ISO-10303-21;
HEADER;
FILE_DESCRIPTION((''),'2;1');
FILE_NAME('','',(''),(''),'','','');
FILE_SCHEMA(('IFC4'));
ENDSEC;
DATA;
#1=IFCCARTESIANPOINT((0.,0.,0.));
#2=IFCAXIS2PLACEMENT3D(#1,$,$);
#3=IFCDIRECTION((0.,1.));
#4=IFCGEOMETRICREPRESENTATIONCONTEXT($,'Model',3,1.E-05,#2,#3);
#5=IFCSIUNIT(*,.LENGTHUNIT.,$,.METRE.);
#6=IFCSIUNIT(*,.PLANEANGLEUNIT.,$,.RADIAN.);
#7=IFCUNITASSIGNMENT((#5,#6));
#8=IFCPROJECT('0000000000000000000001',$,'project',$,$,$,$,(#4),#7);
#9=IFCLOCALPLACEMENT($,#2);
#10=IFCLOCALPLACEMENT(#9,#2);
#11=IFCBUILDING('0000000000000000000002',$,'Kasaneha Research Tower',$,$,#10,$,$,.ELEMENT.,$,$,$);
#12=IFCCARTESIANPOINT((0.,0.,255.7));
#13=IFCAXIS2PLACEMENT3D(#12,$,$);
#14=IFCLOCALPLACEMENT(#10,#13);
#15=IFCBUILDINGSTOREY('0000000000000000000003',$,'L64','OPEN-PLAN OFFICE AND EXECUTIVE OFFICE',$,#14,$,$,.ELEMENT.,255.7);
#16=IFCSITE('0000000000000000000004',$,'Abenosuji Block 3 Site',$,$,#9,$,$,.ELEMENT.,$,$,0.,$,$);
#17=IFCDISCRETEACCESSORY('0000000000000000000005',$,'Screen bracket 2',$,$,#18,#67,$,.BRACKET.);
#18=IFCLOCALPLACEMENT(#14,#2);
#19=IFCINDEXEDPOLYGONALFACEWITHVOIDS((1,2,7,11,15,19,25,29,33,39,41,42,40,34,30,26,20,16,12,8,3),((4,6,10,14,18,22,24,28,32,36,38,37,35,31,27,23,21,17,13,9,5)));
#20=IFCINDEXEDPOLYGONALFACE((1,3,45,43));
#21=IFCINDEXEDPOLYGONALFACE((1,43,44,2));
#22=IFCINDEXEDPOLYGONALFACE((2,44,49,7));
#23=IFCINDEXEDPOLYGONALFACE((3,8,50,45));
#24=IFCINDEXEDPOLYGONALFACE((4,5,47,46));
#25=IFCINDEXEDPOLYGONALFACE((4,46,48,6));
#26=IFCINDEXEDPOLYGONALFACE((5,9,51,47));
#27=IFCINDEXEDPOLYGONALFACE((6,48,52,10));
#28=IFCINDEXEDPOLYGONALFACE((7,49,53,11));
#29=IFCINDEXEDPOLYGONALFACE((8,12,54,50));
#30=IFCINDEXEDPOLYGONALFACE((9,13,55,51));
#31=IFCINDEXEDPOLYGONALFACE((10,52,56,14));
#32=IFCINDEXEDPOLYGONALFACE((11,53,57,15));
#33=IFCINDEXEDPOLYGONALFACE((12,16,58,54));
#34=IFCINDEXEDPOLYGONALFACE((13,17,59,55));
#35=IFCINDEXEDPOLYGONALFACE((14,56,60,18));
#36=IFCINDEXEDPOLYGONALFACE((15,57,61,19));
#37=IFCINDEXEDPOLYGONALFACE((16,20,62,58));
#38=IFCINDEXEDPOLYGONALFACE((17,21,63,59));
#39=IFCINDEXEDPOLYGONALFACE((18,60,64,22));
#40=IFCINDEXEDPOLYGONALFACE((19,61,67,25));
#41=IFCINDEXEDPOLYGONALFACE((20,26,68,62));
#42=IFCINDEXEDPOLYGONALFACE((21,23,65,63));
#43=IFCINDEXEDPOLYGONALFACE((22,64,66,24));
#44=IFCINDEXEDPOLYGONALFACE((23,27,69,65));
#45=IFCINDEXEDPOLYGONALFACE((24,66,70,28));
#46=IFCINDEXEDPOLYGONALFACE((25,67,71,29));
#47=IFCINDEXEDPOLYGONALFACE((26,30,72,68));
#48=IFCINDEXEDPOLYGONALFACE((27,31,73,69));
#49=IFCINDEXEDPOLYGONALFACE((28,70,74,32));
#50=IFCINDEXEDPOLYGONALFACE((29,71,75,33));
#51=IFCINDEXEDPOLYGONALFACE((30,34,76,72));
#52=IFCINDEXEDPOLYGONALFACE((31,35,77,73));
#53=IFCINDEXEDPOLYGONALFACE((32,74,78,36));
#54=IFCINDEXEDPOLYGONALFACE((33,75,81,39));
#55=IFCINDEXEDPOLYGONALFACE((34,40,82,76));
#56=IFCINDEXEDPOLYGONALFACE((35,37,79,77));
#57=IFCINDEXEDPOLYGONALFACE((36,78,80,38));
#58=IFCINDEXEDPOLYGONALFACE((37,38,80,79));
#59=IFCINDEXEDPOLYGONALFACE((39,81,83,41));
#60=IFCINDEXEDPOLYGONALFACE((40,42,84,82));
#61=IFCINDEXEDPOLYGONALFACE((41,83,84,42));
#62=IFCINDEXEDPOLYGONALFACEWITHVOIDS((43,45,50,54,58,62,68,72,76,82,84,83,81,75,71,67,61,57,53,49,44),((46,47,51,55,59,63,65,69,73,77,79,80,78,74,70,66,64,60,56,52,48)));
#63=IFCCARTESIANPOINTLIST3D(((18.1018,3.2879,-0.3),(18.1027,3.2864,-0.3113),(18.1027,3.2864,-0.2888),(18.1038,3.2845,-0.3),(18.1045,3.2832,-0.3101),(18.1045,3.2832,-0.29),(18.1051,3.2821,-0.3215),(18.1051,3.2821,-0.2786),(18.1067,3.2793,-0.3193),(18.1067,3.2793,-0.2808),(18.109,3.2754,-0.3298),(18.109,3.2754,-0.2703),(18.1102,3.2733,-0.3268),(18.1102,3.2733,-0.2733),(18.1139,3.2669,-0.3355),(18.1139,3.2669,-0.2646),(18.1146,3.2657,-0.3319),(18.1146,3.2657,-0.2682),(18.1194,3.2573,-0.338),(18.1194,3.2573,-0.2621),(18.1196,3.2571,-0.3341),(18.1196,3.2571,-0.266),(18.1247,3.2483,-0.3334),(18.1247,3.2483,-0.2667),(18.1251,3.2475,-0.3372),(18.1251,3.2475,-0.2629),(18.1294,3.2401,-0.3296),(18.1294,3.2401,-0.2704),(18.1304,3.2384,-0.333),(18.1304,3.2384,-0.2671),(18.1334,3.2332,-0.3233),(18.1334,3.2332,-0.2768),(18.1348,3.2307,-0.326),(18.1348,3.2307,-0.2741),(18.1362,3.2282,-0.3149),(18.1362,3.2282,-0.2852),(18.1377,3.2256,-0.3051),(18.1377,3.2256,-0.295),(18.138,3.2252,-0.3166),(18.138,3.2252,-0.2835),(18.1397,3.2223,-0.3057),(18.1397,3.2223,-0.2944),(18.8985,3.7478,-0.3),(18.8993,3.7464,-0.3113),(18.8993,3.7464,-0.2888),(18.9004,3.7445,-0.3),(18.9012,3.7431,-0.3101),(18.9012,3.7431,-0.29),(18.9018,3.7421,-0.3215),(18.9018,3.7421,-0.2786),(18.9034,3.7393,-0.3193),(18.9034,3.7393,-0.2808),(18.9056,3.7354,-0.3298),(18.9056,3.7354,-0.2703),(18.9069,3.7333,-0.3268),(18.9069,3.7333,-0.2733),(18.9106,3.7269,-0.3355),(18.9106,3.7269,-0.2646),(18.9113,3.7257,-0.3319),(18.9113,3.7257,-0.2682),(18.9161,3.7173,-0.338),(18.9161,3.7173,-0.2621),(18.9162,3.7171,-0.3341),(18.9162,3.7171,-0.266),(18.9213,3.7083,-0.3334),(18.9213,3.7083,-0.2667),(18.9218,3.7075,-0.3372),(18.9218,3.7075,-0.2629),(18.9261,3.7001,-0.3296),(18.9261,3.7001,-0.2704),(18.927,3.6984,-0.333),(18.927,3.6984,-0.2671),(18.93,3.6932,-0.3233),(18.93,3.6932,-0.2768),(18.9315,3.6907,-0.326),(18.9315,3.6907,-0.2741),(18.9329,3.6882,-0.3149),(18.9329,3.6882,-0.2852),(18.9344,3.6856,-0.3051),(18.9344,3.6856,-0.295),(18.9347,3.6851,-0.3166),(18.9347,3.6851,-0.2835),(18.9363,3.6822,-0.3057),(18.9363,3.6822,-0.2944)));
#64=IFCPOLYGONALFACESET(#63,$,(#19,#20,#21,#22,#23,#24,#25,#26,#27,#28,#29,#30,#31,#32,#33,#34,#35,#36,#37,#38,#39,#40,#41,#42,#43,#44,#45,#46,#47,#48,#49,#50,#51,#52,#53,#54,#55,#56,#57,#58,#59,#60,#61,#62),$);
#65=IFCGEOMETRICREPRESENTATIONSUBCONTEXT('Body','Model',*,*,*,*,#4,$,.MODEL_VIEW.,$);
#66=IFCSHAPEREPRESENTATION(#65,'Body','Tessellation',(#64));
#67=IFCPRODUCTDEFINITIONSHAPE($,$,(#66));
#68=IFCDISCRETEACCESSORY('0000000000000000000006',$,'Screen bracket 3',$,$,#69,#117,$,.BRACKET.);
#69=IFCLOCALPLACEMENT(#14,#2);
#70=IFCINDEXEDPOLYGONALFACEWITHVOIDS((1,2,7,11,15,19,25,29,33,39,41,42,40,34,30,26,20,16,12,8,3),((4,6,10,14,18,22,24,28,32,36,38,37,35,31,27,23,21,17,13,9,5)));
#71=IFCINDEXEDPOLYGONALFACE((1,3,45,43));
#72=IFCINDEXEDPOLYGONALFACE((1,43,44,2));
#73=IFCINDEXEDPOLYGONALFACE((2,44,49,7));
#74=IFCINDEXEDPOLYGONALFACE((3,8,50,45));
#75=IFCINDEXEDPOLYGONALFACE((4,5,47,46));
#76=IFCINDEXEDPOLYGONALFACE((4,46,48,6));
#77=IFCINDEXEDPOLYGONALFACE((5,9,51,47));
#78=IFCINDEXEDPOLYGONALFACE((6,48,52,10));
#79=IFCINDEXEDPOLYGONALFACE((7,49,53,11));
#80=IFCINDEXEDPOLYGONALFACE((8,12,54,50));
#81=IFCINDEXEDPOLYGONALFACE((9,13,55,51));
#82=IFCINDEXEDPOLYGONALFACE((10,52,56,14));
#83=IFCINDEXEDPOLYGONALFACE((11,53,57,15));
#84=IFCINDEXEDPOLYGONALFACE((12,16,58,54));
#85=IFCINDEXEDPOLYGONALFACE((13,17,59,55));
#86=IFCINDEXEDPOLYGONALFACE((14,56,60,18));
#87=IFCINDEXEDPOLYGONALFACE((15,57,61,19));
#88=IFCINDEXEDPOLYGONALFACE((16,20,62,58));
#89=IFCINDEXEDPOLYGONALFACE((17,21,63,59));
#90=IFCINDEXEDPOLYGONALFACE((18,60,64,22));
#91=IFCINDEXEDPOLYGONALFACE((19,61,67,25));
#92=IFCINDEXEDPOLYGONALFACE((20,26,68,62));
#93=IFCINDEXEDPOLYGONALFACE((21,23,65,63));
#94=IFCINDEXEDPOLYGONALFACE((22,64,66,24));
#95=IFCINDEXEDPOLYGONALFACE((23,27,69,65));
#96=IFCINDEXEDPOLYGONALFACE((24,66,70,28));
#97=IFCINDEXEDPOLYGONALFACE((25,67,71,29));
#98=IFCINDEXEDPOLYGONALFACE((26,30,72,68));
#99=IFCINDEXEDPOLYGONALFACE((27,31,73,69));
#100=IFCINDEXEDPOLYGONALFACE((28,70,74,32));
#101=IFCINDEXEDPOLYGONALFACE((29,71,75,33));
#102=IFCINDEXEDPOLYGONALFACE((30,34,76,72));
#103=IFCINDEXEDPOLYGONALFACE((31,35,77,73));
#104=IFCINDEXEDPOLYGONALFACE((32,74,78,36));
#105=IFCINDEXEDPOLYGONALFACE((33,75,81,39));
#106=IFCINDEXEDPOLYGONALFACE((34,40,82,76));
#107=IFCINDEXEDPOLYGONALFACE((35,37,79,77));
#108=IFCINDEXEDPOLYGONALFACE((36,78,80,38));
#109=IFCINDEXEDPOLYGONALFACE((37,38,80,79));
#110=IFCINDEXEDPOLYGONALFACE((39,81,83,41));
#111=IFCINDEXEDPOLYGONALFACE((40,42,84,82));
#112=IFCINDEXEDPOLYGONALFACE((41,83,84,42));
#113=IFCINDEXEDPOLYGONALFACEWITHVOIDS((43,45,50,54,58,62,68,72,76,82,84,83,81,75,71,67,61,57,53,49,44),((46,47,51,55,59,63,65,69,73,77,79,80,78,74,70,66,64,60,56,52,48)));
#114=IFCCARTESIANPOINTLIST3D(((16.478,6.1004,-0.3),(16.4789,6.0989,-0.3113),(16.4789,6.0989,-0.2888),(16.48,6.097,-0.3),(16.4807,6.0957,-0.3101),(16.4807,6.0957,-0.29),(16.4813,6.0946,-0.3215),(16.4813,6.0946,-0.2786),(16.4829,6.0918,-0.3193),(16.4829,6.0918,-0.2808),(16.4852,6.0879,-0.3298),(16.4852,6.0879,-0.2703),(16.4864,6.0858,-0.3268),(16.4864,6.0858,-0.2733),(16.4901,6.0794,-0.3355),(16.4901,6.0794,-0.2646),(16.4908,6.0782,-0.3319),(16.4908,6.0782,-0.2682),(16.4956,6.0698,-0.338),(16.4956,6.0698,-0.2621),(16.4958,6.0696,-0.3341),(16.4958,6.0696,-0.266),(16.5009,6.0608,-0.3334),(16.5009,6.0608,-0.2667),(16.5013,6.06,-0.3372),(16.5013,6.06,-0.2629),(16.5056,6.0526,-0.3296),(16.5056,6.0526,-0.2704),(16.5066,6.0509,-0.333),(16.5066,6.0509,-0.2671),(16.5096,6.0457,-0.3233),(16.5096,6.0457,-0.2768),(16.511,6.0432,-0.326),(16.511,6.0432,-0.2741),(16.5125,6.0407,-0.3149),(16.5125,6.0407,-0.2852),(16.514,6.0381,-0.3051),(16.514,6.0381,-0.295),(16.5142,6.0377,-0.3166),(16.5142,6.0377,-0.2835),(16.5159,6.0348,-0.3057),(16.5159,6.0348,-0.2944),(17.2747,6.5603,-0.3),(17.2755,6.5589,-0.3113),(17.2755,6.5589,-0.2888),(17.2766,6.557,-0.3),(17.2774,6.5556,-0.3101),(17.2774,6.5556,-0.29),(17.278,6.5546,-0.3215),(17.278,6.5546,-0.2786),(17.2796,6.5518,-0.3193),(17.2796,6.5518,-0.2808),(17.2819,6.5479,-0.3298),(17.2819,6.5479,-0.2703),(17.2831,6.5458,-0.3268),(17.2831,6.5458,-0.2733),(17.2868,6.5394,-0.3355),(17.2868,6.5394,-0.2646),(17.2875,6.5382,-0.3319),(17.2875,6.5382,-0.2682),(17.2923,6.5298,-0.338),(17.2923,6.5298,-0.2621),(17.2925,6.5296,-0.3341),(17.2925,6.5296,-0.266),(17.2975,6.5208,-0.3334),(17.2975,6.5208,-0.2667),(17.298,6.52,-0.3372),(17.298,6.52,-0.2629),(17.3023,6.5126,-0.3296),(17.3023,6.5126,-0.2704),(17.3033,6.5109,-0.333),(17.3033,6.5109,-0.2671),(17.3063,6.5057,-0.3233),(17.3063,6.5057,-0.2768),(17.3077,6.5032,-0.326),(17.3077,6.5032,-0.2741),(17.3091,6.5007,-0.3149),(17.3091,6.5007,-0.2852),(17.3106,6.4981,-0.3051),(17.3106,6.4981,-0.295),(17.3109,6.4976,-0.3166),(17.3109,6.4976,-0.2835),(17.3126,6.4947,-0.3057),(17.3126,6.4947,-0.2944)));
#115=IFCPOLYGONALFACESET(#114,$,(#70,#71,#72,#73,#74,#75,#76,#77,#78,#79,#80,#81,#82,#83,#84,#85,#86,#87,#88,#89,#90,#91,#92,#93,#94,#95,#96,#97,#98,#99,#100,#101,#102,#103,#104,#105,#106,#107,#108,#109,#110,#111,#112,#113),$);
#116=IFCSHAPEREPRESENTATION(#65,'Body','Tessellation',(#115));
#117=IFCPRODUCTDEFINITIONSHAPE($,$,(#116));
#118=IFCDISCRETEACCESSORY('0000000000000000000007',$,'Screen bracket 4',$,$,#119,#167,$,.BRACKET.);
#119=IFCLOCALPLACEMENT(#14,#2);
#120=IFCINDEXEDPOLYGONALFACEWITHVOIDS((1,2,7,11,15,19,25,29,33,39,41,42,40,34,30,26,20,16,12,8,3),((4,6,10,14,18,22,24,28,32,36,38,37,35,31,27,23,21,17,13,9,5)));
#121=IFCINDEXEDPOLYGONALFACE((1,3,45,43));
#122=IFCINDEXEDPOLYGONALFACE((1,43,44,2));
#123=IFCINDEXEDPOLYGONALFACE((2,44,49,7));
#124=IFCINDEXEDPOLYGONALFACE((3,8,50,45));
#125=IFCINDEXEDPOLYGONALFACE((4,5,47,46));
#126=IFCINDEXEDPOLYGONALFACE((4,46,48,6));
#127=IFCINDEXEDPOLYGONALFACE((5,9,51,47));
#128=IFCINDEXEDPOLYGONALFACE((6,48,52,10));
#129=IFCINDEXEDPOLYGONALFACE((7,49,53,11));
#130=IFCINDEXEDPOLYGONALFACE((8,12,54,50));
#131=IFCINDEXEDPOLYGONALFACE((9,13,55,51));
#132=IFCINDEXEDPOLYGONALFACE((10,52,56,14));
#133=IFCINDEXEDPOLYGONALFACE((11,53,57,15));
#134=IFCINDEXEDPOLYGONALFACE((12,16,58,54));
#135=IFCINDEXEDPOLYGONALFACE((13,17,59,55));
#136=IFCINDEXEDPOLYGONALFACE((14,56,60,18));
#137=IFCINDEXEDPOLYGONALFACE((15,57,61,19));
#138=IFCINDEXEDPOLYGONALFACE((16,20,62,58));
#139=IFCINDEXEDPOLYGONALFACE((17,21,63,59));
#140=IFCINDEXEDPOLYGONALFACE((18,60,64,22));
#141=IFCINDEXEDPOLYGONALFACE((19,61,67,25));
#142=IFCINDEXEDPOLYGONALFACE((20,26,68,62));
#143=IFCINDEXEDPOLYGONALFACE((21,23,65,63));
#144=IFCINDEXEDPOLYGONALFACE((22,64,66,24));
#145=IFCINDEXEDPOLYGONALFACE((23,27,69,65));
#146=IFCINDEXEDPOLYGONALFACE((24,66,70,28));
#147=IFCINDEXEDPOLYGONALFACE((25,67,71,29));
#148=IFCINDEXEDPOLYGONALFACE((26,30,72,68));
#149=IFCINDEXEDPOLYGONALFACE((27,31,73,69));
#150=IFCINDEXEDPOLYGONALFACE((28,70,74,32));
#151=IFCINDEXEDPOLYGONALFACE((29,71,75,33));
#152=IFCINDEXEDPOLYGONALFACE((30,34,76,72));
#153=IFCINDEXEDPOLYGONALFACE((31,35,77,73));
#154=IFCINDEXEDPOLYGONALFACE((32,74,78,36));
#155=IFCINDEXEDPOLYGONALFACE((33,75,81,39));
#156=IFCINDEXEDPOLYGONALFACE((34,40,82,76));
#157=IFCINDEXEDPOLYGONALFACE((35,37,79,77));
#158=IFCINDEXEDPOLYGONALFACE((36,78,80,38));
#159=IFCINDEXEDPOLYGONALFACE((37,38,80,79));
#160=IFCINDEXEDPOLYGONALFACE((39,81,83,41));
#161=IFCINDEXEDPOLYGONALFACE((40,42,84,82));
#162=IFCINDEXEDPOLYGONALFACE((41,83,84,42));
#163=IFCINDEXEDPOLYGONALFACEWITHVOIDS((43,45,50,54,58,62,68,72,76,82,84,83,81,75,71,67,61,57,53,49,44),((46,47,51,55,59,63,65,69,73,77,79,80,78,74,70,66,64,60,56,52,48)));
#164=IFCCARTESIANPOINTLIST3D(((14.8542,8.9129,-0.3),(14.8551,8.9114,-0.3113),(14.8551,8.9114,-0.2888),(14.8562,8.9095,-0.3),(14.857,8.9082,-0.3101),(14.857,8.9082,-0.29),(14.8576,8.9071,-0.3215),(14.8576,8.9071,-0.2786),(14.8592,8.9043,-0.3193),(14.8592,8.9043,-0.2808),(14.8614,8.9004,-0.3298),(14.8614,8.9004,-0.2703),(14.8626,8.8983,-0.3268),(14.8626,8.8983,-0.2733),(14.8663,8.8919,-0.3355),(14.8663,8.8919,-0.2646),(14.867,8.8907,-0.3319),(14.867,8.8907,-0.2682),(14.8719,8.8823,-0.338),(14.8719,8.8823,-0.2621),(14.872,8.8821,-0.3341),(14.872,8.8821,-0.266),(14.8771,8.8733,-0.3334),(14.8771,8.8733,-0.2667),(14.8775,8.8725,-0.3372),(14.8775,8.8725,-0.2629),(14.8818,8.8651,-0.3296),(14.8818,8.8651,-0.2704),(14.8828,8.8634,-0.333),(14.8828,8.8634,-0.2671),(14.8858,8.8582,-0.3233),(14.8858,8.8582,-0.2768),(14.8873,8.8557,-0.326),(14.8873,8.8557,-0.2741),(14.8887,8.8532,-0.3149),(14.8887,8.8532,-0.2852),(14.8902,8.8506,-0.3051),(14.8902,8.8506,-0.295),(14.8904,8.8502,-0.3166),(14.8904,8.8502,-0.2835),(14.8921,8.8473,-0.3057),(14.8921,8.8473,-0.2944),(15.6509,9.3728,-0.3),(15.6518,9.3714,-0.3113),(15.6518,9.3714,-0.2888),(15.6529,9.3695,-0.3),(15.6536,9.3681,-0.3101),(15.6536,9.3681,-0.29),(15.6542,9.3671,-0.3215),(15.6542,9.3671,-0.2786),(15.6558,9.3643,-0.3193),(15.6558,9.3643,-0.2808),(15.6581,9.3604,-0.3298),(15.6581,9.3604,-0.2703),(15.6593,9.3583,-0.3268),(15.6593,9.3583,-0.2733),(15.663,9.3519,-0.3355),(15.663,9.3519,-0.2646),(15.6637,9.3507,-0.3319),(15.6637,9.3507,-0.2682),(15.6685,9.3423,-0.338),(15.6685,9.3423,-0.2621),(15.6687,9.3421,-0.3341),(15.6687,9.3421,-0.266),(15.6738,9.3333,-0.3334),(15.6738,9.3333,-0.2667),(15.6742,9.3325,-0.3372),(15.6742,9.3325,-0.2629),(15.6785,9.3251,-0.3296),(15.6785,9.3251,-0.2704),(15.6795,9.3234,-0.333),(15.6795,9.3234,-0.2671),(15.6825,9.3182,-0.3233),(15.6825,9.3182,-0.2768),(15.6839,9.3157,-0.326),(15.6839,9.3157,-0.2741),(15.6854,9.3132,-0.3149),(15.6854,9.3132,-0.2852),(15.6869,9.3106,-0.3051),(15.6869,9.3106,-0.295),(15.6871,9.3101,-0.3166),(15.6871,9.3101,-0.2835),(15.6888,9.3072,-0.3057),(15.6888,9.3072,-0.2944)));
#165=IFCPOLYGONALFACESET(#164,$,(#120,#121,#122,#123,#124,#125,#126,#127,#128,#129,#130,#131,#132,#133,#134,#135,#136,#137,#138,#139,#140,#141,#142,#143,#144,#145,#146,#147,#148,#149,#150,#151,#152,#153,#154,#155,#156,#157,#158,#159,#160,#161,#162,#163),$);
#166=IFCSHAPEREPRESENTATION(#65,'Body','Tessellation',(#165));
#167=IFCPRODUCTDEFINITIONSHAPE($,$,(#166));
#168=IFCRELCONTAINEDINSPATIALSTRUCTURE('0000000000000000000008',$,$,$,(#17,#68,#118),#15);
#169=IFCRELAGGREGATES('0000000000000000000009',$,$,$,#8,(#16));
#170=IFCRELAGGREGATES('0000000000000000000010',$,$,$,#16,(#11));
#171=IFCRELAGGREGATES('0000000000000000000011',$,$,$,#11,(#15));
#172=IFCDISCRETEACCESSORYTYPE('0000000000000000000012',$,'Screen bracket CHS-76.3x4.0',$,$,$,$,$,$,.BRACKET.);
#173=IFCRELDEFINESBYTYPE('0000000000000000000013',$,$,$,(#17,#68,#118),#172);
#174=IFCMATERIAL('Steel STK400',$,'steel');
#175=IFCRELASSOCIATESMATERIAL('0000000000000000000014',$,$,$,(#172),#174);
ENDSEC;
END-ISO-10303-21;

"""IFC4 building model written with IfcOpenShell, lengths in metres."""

from ifc_helpers import new_model, si_unit, direction, frame, origin, origin_2d, place, context, subcontext, project, spatial, hollow_circle, extrude, material, material_profile, profile_set, type_object, element, save


model = new_model("IFC4")

# Units and contexts
model_context = context("Model", 3, precision=1e-05, world=origin(), true_north=direction((0.0, 1.0)))
body_context = subcontext(model_context, "Body", "Model", "MODEL_VIEW")
ifc_project = project(units=[si_unit("LENGTHUNIT", "METRE"), si_unit("PLANEANGLEUNIT", "RADIAN")], contexts=[model_context])

# Site, building, storey
site_placement = place(None, origin())
site = spatial("IfcSite", under=ifc_project, at=site_placement, Name="Abenosuji Block 3 Site", CompositionType="ELEMENT", RefElevation=0.0)
building_placement = place(site_placement, origin())
building = spatial("IfcBuilding", under=site, at=building_placement, Name="Kasaneha Research Tower", CompositionType="ELEMENT")
storey_placement = place(building_placement, frame((0.0, 0.0, 255.7)))
storey = spatial("IfcBuildingStorey", under=building, at=storey_placement, Name="L64", Description="OPEN-PLAN OFFICE AND EXECUTIVE OFFICE", CompositionType="ELEMENT", Elevation=255.7)

# Discrete accessories
ifc_material_1 = material(Name="Steel STK400", Category="steel")
ifc_material_profile_1 = material_profile(ifc_material_1, hollow_circle(Radius=0.0381, WallThickness=0.0039, at=origin_2d()), Name="CHS-76.3x4.0")
ifc_profile_set_1 = profile_set([ifc_material_profile_1], Name="Steel STK400")
discrete_accessory_type = type_object("IfcDiscreteAccessoryType", Name="Screen bracket CHS-76.3x4.0", PredefinedType="BRACKET", material=ifc_profile_set_1)
for number, where, z_axis, x_axis, name in (
    (1, (18.1208, 3.2549, -0.3), (0.866013, 0.500021, 0.0), (-0.500021, 0.866013, 0.0), "Screen bracket 2"),
    (2, (16.4971, 6.0674, -0.3), (0.866013, 0.500021, 0.0), (-0.500021, 0.866013, 0.0), "Screen bracket 3"),
    (3, (14.8733, 8.8799, -0.3), (0.866013, 0.500021, 0.0), (-0.500021, 0.866013, 0.0), "Screen bracket 4"),
):
    element("IfcDiscreteAccessory", number, at=place(storey_placement, frame(where, z_axis=z_axis, x_axis=x_axis)), inside=storey, type_object=discrete_accessory_type, Name=name, PredefinedType="BRACKET", context=body_context, shape_type="SweptSolid", body=[
        extrude(hollow_circle(Radius=0.0381, WallThickness=0.0039, at=origin_2d()), origin(), (0.0, 0.0, 1.0), 0.9199),
    ])

save(model, "model.ifc")
